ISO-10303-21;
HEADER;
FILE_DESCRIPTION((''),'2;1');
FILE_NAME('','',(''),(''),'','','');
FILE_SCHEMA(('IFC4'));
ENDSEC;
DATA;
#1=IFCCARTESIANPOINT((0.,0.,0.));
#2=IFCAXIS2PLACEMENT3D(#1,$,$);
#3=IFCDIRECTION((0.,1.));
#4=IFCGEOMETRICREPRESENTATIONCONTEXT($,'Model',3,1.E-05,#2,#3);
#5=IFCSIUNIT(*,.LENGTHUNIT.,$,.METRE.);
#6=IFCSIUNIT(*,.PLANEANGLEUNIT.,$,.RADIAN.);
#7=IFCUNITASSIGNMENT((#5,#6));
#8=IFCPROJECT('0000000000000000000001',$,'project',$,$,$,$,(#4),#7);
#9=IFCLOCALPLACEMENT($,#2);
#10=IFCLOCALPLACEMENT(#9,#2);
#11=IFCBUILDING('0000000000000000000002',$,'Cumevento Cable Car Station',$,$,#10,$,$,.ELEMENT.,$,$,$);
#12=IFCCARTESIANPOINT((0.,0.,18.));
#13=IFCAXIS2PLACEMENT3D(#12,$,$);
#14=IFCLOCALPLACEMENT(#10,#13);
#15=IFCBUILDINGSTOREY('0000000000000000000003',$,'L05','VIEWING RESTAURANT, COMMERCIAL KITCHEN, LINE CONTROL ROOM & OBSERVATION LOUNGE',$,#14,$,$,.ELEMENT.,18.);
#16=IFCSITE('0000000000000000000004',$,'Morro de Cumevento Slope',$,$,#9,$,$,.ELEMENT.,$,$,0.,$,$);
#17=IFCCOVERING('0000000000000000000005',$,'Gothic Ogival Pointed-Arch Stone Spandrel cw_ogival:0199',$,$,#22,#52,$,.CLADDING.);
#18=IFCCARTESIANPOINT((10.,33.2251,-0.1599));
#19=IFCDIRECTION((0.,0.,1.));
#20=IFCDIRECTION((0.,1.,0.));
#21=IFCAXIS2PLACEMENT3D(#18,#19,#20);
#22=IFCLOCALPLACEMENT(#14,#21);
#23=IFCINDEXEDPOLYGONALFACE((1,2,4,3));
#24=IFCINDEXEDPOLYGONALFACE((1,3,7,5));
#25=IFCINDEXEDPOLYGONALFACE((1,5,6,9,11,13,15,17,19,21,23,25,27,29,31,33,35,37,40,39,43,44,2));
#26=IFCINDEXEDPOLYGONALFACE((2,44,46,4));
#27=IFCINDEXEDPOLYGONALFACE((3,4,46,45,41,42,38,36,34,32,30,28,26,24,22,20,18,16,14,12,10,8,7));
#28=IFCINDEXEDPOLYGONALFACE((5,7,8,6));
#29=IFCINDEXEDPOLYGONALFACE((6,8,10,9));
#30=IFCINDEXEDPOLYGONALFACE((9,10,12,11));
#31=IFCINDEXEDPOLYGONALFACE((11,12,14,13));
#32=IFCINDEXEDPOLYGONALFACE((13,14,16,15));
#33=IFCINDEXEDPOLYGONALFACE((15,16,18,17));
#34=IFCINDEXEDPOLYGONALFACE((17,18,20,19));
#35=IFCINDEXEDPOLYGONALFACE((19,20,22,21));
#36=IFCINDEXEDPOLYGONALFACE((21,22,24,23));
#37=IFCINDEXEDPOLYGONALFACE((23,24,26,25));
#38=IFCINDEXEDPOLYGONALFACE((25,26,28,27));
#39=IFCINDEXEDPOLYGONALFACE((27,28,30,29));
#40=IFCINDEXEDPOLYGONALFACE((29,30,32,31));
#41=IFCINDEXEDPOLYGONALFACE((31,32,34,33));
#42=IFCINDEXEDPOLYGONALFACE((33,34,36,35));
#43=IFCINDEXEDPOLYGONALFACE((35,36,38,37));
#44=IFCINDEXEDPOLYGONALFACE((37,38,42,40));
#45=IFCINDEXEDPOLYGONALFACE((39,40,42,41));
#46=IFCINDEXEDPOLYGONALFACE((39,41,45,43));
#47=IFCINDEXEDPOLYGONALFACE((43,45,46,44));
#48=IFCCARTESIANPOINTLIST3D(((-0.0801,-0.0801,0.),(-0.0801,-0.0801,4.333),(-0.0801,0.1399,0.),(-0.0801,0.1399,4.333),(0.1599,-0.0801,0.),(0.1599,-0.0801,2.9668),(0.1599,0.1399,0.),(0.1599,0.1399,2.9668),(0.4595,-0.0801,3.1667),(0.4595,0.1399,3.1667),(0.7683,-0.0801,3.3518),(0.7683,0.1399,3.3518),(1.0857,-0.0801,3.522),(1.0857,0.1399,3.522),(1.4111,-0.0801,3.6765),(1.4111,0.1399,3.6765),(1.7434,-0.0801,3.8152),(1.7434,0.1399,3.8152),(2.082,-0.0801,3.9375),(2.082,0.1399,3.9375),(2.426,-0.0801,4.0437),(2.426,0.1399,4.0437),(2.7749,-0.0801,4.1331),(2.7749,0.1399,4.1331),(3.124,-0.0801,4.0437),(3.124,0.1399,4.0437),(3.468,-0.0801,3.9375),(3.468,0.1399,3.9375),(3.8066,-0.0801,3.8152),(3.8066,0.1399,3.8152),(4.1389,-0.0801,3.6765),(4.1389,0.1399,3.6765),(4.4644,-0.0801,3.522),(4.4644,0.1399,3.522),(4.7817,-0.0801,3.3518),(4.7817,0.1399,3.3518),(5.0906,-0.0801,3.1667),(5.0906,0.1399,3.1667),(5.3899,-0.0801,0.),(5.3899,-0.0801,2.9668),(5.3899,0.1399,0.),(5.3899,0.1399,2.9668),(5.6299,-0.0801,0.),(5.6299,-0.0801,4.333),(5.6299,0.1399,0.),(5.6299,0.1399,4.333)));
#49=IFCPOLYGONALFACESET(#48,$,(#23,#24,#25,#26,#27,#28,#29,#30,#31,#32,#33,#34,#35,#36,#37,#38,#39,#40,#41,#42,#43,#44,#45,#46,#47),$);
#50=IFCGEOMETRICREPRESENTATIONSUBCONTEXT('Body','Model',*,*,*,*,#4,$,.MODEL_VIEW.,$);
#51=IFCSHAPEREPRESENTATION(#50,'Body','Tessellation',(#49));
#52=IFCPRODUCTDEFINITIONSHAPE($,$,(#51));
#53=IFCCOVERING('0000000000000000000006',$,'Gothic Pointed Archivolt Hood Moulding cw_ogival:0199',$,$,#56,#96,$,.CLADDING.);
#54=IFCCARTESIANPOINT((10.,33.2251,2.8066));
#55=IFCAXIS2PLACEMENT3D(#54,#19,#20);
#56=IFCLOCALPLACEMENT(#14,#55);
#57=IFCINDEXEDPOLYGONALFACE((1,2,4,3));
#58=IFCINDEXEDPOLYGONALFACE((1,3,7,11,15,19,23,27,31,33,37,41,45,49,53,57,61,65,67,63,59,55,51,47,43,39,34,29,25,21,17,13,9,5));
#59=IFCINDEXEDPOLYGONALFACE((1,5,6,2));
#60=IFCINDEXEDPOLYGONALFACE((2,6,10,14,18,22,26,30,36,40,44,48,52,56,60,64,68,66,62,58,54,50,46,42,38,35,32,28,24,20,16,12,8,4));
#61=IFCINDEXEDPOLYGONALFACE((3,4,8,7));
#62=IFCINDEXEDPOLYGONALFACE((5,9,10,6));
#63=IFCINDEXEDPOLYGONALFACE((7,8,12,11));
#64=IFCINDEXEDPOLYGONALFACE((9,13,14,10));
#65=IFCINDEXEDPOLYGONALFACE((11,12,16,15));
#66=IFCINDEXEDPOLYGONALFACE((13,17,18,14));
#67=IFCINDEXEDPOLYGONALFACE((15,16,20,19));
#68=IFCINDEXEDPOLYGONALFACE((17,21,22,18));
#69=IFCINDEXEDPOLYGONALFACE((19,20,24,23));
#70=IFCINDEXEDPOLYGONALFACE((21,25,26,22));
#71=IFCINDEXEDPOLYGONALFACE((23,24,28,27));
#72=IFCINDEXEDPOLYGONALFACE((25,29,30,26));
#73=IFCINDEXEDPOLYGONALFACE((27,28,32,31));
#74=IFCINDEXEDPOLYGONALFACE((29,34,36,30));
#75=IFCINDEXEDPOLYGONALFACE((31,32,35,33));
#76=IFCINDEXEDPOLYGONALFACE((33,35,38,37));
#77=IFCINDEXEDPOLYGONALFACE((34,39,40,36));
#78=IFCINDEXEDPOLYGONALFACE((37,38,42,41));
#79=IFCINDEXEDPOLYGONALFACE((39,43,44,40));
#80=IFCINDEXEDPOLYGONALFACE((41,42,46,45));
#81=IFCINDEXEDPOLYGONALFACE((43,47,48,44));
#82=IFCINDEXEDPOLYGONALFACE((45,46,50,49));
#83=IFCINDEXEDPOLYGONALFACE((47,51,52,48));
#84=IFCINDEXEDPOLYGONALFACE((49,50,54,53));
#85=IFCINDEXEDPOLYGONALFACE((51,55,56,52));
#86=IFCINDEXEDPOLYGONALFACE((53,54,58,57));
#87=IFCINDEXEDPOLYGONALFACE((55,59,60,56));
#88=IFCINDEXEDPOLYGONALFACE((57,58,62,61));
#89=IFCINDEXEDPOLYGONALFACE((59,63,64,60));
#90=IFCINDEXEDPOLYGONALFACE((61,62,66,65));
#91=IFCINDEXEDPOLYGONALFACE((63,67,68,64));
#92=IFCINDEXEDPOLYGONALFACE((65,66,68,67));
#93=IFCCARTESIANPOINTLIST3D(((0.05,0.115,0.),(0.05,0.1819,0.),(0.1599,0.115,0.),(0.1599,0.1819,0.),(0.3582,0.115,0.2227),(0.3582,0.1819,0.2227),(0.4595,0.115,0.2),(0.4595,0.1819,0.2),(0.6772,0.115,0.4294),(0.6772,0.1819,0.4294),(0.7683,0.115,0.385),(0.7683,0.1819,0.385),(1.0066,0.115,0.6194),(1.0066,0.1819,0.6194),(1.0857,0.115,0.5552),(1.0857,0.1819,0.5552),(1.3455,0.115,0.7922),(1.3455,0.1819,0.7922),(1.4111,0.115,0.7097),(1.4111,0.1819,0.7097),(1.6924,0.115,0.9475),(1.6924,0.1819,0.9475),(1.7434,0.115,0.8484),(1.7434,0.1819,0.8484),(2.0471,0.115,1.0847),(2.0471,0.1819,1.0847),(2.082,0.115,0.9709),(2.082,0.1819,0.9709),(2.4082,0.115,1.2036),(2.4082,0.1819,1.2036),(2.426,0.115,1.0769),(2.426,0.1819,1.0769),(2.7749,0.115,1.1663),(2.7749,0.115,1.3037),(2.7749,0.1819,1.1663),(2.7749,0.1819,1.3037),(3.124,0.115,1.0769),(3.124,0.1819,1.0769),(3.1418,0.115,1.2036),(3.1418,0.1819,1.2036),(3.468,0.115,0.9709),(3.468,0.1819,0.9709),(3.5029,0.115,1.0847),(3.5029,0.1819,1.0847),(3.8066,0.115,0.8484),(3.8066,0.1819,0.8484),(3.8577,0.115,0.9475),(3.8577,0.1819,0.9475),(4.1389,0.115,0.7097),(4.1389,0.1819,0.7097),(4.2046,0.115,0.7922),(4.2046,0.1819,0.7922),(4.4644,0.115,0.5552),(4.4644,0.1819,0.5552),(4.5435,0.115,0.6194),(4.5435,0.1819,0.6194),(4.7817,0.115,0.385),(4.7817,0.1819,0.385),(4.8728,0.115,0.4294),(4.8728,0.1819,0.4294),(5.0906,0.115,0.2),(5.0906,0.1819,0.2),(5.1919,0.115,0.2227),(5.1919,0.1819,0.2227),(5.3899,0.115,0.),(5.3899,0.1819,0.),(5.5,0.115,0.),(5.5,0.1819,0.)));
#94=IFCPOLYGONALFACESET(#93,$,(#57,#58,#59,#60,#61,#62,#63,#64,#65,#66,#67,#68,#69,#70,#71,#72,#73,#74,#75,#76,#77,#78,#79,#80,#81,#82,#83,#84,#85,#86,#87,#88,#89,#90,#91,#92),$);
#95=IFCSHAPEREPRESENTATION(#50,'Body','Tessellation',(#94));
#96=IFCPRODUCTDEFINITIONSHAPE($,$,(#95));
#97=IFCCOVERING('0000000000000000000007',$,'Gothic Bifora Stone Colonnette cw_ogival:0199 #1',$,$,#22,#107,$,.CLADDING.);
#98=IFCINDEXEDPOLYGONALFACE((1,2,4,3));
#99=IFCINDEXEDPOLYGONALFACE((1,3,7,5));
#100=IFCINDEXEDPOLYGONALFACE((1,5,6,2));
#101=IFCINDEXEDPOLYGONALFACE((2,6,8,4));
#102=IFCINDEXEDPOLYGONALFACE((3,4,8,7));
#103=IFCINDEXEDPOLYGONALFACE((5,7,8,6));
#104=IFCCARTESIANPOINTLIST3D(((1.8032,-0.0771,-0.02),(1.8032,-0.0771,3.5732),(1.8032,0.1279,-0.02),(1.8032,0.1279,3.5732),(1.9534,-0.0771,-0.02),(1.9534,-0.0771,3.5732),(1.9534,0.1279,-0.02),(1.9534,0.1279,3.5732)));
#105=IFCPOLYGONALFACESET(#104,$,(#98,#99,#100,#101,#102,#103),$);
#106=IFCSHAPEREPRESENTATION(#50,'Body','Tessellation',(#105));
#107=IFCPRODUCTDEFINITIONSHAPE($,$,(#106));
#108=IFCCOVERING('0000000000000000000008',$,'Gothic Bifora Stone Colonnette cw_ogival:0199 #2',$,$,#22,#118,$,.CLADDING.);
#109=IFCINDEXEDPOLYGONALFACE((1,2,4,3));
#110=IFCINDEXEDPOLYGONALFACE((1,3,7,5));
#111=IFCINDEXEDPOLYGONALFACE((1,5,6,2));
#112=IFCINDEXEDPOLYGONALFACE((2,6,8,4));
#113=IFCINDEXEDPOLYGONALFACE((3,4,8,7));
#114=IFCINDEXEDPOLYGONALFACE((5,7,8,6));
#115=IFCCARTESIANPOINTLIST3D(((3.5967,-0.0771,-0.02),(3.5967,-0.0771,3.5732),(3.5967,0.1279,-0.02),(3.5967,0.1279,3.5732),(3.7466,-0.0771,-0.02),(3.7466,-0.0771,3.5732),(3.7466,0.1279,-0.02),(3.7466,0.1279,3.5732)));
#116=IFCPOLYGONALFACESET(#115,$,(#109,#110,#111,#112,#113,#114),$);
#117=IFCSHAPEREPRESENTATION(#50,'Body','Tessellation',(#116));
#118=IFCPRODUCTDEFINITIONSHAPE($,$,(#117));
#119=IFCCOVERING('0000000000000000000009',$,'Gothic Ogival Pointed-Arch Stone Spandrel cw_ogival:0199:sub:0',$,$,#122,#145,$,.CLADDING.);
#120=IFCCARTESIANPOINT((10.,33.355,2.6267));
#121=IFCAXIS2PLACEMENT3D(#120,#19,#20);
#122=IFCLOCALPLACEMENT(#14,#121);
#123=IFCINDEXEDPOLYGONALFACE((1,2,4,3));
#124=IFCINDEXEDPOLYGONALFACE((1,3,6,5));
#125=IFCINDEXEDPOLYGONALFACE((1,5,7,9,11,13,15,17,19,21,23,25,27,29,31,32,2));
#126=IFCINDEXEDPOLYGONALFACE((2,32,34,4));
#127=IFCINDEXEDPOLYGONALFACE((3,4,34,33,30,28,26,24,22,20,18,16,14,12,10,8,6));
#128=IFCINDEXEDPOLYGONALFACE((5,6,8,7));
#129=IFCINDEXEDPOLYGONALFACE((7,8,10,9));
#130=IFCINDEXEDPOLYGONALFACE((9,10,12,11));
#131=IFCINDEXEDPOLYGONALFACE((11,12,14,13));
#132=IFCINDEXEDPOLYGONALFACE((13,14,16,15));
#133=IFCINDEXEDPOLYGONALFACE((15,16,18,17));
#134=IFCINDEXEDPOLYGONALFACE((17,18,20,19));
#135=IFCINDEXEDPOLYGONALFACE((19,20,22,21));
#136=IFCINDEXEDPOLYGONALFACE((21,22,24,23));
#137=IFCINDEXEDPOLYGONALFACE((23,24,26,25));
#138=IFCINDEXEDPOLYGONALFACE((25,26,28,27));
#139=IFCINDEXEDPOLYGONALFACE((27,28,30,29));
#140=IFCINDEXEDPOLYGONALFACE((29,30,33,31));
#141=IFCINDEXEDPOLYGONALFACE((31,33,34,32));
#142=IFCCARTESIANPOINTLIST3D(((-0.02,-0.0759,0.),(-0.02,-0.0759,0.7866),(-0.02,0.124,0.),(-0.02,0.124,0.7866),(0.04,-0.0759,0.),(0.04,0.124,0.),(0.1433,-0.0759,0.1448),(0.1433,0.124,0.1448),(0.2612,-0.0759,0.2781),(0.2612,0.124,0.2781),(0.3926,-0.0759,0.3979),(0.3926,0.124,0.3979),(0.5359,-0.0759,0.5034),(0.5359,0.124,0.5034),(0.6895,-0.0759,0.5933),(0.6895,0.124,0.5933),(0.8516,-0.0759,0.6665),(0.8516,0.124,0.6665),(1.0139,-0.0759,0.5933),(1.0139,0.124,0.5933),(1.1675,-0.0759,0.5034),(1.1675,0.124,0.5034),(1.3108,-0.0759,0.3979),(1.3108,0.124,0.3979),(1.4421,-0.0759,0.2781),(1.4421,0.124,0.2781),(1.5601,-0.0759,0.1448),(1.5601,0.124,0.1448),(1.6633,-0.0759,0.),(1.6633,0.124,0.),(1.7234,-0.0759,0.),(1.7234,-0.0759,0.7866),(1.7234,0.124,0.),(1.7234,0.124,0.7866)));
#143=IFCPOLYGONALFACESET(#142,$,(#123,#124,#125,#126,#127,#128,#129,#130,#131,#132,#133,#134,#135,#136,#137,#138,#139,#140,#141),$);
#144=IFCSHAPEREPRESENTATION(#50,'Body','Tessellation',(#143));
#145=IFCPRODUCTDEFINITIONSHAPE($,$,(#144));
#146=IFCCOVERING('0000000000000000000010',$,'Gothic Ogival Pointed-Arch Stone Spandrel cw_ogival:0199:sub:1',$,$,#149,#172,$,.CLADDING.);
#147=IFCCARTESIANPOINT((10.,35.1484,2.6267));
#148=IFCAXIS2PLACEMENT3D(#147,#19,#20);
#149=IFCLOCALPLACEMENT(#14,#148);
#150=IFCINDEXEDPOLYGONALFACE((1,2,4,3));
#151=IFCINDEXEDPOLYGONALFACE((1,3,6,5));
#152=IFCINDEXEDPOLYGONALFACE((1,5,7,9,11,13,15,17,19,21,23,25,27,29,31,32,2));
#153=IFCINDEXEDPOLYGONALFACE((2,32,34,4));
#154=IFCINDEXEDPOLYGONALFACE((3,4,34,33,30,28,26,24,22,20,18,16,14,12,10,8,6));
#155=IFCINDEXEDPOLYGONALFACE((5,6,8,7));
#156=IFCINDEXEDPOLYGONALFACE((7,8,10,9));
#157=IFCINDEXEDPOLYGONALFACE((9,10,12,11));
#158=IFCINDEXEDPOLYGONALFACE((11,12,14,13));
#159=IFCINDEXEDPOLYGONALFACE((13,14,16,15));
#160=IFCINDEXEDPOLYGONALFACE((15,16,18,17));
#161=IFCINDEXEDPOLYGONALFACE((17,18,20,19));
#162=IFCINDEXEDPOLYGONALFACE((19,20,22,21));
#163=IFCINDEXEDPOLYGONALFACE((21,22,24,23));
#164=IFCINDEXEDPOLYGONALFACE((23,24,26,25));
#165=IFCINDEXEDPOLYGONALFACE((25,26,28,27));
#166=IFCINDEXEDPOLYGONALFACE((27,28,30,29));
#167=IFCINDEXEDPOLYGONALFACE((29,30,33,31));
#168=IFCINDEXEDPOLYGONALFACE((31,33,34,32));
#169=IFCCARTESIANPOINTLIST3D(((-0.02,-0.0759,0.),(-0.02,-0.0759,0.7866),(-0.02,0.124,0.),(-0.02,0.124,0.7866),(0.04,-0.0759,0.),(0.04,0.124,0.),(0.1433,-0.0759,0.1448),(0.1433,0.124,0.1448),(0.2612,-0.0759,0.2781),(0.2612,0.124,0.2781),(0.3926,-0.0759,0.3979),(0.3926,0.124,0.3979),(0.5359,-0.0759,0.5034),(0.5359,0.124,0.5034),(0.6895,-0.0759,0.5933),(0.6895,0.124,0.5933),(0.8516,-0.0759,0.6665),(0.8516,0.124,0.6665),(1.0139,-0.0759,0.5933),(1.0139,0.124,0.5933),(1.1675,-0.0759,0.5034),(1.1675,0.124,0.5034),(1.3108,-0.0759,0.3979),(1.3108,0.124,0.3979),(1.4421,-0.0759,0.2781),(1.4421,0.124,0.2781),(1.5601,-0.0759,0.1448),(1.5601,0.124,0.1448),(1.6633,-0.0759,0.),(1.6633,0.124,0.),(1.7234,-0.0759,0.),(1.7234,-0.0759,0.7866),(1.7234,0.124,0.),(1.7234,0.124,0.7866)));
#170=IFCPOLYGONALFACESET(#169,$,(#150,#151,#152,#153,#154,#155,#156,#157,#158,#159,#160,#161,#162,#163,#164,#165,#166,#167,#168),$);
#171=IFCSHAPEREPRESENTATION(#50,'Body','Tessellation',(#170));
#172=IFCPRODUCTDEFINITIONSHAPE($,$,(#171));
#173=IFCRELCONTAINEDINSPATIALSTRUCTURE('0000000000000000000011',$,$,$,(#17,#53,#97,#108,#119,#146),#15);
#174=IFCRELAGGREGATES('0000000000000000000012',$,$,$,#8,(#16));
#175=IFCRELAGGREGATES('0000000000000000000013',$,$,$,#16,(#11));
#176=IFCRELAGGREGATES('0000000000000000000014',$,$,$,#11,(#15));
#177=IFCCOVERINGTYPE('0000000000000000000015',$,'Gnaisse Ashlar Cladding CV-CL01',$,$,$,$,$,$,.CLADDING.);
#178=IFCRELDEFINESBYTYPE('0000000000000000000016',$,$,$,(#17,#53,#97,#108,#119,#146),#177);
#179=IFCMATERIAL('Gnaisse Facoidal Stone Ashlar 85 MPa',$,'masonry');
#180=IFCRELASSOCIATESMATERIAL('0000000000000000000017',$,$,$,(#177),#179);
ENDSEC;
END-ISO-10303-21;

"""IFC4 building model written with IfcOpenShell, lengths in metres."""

from ifc_helpers import new_model, si_unit, direction, frame, origin, place, context, subcontext, project, spatial, polyline, outline, extrude, material, type_object, element, save


model = new_model("IFC4")

# Units and contexts
model_context = context("Model", 3, precision=1e-05, world=origin(), true_north=direction((0.0, 1.0)))
body_context = subcontext(model_context, "Body", "Model", "MODEL_VIEW")
ifc_project = project(units=[si_unit("LENGTHUNIT", "METRE"), si_unit("PLANEANGLEUNIT", "RADIAN")], contexts=[model_context])

# Site, building, storey
site_placement = place(None, origin())
site = spatial("IfcSite", under=ifc_project, at=site_placement, Name="Morro de Cumevento Slope", CompositionType="ELEMENT", RefElevation=0.0)
building_placement = place(site_placement, origin())
building = spatial("IfcBuilding", under=site, at=building_placement, Name="Cumevento Cable Car Station", CompositionType="ELEMENT")
storey_placement = place(building_placement, frame((0.0, 0.0, 18.0)))
storey = spatial("IfcBuildingStorey", under=building, at=storey_placement, Name="L05", Description="VIEWING RESTAURANT, COMMERCIAL KITCHEN, LINE CONTROL ROOM & OBSERVATION LOUNGE", CompositionType="ELEMENT", Elevation=18.0)

# Coverings
ifc_material_1 = material(Name="Gnaisse Facoidal Stone Ashlar 85 MPa", Category="masonry")
covering_type = type_object("IfcCoveringType", Name="Gnaisse Ashlar Cladding CV-CL01", PredefinedType="CLADDING", material=ifc_material_1)
placement = place(storey_placement, frame((10.0, 33.2251, -0.1599), z_axis=(0.0, 0.0, 1.0), x_axis=(0.0, 1.0, 0.0)))
element("IfcCovering", 1, at=placement, inside=storey, type_object=covering_type, Name="Gothic Ogival Pointed-Arch Stone Spandrel cw_ogival:0199", PredefinedType="CLADDING", context=body_context, shape_type="SweptSolid", body=[
    extrude(outline(polyline([(-0.0801, 0.0), (-0.0801, 4.333), (5.6299, 4.333), (5.6299, 0.0), (5.3899, 0.0), (5.3899, 2.9668), (5.0906, 3.1667), (4.7817, 3.3518), (4.4644, 3.522), (4.1389, 3.6765), (3.8066, 3.8152), (3.468, 3.9375), (3.124, 4.0437), (2.7749, 4.1331), (2.426, 4.0437), (2.082, 3.9375), (1.7434, 3.8152), (1.4111, 3.6765), (1.0857, 3.522), (0.7683, 3.3518), (0.4595, 3.1667), (0.1599, 2.9668), (0.1599, 0.0), (-0.0801, 0.0)])), frame((0.0, 0.1399, 0.0), z_axis=(0.0, -1.0, 0.0), x_axis=(1.0, 0.0, 0.0)), (0.0, 0.0, 1.0), 0.22),
])
covering_1_placement = place(storey_placement, frame((10.0, 33.2251, 2.8066), z_axis=(0.0, 0.0, 1.0), x_axis=(0.0, 1.0, 0.0)))
element("IfcCovering", 2, at=covering_1_placement, inside=storey, type_object=covering_type, Name="Gothic Pointed Archivolt Hood Moulding cw_ogival:0199", PredefinedType="CLADDING", context=body_context, shape_type="SweptSolid", body=[
    extrude(outline(polyline([(0.1599, 0.0), (0.4595, 0.2), (0.7683, 0.385), (1.0857, 0.5552), (1.4111, 0.7097), (1.7434, 0.8484), (2.082, 0.9709), (2.426, 1.0769), (2.7749, 1.1663), (3.124, 1.0769), (3.468, 0.9709), (3.8066, 0.8484), (4.1389, 0.7097), (4.4644, 0.5552), (4.7817, 0.385), (5.0906, 0.2), (5.3899, 0.0), (5.5, 0.0), (5.1919, 0.2227), (4.8728, 0.4294), (4.5435, 0.6194), (4.2046, 0.7922), (3.8577, 0.9475), (3.5029, 1.0847), (3.1418, 1.2036), (2.7749, 1.3037), (2.4082, 1.2036), (2.0471, 1.0847), (1.6924, 0.9475), (1.3455, 0.7922), (1.0066, 0.6194), (0.6772, 0.4294), (0.3582, 0.2227), (0.05, 0.0), (0.1599, 0.0)])), frame((0.0, 0.1819, 0.0), z_axis=(0.0, -1.0, 0.0), x_axis=(1.0, 0.0, 0.0)), (0.0, 0.0, 1.0), 0.0669),
])
element("IfcCovering", 3, at=placement, inside=storey, type_object=covering_type, Name="Gothic Bifora Stone Colonnette cw_ogival:0199 #1", PredefinedType="CLADDING", context=body_context, shape_type="SweptSolid", body=[
    extrude(outline(polyline([(1.8032, -0.02), (1.9534, -0.02), (1.9534, 3.5732), (1.8032, 3.5732), (1.8032, -0.02)])), frame((0.0, 0.1279, 0.0), z_axis=(0.0, -1.0, 0.0), x_axis=(1.0, 0.0, 0.0)), (0.0, 0.0, 1.0), 0.2051),
])
element("IfcCovering", 4, at=placement, inside=storey, type_object=covering_type, Name="Gothic Bifora Stone Colonnette cw_ogival:0199 #2", PredefinedType="CLADDING", context=body_context, shape_type="SweptSolid", body=[
    extrude(outline(polyline([(3.5967, -0.02), (3.7466, -0.02), (3.7466, 3.5732), (3.5967, 3.5732), (3.5967, -0.02)])), frame((0.0, 0.1279, 0.0), z_axis=(0.0, -1.0, 0.0), x_axis=(1.0, 0.0, 0.0)), (0.0, 0.0, 1.0), 0.2051),
])
for number, where, z_axis, x_axis, name in (
    (5, (10.0, 33.355, 2.6267), (0.0, 0.0, 1.0), (0.0, 1.0, 0.0), "Gothic Ogival Pointed-Arch Stone Spandrel cw_ogival:0199:sub:0"),
    (6, (10.0, 35.1484, 2.6267), (0.0, 0.0, 1.0), (0.0, 1.0, 0.0), "Gothic Ogival Pointed-Arch Stone Spandrel cw_ogival:0199:sub:1"),
):
    element("IfcCovering", number, at=place(storey_placement, frame(where, z_axis=z_axis, x_axis=x_axis)), inside=storey, type_object=covering_type, Name=name, PredefinedType="CLADDING", context=body_context, shape_type="SweptSolid", body=[
        extrude(outline(polyline([(-0.02, 0.0), (-0.02, 0.7866), (1.7234, 0.7866), (1.7234, 0.0), (1.6633, 0.0), (1.5601, 0.1448), (1.4421, 0.2781), (1.3108, 0.3979), (1.1675, 0.5034), (1.0139, 0.5933), (0.8516, 0.6665), (0.6895, 0.5933), (0.5359, 0.5034), (0.3926, 0.3979), (0.2612, 0.2781), (0.1433, 0.1448), (0.04, 0.0), (-0.02, 0.0)])), frame((0.0, 0.124, 0.0), z_axis=(0.0, -1.0, 0.0), x_axis=(1.0, 0.0, 0.0)), (0.0, 0.0, 1.0), 0.2),
    ])

save(model, "model.ifc")
